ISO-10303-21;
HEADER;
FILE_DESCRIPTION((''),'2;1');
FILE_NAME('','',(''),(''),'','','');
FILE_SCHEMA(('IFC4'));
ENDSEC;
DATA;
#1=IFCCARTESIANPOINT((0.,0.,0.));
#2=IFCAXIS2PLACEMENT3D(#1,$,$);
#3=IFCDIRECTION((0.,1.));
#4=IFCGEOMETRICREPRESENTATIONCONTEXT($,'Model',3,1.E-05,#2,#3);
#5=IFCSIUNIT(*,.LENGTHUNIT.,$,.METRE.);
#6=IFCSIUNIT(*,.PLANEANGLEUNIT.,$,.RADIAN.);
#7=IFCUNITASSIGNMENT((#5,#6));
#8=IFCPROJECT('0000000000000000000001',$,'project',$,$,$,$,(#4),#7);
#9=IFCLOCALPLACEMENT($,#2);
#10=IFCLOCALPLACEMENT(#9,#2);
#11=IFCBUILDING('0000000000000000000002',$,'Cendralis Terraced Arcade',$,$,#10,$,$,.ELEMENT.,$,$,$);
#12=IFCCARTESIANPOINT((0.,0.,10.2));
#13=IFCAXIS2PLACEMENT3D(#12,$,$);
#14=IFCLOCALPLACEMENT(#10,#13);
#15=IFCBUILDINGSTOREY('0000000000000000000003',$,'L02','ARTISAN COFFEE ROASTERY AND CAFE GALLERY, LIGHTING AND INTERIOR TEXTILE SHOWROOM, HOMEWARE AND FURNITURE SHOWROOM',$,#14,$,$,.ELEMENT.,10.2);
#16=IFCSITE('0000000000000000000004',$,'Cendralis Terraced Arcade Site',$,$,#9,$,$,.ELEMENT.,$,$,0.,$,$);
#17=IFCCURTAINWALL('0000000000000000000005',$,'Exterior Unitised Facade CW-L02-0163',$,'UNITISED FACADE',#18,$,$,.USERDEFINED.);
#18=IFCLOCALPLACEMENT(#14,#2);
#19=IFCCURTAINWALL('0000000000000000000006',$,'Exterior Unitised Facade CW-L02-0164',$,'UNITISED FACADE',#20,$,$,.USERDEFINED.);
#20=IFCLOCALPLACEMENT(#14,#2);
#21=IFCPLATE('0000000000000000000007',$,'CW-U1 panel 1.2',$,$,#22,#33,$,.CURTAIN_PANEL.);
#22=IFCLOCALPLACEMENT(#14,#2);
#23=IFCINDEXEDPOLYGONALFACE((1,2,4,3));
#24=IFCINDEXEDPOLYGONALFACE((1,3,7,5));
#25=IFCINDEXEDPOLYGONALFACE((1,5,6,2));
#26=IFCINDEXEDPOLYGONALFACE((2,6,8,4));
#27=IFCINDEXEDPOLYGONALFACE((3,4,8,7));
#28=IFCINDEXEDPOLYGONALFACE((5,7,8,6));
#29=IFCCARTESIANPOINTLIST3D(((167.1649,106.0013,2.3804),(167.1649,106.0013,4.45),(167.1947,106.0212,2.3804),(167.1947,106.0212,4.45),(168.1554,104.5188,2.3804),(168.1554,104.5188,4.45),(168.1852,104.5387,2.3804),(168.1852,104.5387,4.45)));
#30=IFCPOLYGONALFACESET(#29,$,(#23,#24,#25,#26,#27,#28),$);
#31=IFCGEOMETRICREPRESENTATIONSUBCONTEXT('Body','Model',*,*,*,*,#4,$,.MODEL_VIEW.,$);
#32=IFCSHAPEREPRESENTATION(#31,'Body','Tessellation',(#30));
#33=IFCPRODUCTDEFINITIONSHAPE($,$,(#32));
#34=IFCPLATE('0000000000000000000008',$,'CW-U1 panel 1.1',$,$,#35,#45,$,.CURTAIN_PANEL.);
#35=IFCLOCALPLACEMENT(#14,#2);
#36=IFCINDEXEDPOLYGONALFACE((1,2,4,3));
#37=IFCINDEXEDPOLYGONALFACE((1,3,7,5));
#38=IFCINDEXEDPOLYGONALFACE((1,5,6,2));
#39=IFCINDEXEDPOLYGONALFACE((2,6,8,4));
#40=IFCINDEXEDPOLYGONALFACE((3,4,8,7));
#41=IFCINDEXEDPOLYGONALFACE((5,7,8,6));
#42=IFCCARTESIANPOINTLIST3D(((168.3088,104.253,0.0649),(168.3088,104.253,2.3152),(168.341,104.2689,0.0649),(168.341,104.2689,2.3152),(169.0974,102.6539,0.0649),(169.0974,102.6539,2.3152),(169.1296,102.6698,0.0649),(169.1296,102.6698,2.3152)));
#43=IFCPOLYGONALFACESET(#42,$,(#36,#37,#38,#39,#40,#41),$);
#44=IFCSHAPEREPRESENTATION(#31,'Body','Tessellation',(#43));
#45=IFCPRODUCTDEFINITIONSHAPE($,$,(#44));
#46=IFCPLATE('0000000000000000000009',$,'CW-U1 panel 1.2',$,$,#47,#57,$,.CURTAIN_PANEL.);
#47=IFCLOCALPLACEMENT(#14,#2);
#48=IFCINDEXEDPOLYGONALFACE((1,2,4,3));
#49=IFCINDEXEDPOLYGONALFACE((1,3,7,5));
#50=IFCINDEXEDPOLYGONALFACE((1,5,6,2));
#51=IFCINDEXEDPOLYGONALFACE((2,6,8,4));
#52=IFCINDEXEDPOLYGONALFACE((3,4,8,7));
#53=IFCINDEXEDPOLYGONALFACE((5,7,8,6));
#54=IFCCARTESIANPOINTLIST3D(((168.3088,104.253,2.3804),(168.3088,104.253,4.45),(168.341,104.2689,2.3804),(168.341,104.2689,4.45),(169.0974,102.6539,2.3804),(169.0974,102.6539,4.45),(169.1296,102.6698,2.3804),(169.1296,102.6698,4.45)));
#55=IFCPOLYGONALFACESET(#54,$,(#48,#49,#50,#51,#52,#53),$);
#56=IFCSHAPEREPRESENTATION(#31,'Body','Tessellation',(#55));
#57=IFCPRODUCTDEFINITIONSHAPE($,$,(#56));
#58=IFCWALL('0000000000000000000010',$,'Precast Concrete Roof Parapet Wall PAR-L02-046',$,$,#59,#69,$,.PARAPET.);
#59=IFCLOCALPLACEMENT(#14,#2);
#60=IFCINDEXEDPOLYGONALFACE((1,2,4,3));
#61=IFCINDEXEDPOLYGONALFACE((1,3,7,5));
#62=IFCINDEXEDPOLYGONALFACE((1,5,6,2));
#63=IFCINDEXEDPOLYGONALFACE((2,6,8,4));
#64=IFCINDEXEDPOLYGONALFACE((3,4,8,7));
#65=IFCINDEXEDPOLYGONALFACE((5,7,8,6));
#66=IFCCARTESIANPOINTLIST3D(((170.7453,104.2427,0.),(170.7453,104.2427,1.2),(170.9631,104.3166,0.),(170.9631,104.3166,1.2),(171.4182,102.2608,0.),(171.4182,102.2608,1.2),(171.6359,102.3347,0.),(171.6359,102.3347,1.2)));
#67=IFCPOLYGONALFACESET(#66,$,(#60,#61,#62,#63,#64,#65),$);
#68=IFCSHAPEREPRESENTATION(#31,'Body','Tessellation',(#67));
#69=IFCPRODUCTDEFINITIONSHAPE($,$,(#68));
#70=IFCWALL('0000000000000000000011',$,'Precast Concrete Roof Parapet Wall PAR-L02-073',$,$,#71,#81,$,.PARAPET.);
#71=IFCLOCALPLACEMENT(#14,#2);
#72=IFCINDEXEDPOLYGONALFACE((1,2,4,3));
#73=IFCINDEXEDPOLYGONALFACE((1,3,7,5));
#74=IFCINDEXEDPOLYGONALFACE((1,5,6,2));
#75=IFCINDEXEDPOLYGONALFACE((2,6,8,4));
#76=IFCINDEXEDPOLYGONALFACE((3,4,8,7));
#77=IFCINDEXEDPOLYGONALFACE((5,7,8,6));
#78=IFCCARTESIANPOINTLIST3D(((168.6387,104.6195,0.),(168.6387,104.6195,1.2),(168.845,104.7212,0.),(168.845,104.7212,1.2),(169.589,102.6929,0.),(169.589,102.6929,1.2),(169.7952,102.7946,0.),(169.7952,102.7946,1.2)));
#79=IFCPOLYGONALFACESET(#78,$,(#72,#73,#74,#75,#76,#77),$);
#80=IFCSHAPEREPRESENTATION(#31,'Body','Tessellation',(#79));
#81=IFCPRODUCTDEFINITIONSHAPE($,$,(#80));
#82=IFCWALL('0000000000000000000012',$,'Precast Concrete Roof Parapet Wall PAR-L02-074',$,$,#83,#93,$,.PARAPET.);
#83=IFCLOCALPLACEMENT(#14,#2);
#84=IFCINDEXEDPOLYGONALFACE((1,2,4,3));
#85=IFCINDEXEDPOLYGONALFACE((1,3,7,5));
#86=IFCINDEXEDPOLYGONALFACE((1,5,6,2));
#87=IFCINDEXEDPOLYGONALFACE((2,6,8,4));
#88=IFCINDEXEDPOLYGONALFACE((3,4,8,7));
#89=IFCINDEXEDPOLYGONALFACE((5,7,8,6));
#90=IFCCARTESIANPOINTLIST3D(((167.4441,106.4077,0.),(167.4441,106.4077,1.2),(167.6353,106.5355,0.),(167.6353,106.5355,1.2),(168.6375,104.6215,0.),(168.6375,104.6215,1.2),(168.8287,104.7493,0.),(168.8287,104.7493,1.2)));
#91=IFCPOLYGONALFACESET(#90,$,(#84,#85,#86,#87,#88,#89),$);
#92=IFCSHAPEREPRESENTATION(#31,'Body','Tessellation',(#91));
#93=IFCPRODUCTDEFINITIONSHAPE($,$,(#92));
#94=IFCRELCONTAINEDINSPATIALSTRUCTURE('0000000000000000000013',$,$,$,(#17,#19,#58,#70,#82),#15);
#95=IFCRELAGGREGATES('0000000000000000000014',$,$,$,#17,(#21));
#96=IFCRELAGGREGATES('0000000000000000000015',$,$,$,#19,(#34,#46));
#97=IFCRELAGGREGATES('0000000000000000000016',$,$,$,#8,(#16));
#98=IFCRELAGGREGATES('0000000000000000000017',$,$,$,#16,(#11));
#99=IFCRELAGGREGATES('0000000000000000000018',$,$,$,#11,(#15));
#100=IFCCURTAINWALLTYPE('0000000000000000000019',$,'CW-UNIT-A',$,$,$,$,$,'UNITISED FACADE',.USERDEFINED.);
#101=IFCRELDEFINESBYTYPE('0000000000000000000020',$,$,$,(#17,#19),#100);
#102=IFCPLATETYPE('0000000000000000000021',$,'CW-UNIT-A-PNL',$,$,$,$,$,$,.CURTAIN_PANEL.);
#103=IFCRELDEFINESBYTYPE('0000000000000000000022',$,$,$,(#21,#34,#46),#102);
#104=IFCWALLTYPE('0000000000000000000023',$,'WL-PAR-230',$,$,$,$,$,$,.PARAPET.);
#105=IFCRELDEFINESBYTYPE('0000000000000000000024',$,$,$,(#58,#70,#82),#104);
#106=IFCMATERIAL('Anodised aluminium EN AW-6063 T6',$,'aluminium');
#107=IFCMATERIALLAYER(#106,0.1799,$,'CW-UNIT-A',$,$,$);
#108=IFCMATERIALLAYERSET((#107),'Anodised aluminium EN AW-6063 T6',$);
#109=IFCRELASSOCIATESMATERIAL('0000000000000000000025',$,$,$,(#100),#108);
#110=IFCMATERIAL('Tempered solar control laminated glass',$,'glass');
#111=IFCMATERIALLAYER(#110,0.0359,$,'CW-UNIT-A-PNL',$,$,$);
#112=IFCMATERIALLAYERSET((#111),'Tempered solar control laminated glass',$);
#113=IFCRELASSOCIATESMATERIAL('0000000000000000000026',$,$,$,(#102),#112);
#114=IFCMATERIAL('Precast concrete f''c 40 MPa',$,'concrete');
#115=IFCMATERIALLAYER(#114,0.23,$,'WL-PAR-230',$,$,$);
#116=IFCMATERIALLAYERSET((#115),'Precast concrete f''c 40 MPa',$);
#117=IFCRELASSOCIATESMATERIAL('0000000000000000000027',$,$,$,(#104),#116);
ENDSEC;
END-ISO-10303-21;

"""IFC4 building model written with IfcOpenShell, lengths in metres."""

from ifc_helpers import new_model, si_unit, direction, frame, frame_2d, origin, origin_2d, place, context, subcontext, project, spatial, rectangle, extrude, material, layer, layer_set, type_object, element, aggregate, save


model = new_model("IFC4")

# Units and contexts
model_context = context("Model", 3, precision=1e-05, world=origin(), true_north=direction((0.0, 1.0)))
body_context = subcontext(model_context, "Body", "Model", "MODEL_VIEW")
ifc_project = project(units=[si_unit("LENGTHUNIT", "METRE"), si_unit("PLANEANGLEUNIT", "RADIAN")], contexts=[model_context])

# Site, building, storey
site_placement = place(None, origin())
site = spatial("IfcSite", under=ifc_project, at=site_placement, Name="Cendralis Terraced Arcade Site", CompositionType="ELEMENT", RefElevation=0.0)
building_placement = place(site_placement, origin())
building = spatial("IfcBuilding", under=site, at=building_placement, Name="Cendralis Terraced Arcade", CompositionType="ELEMENT")
storey_placement = place(building_placement, frame((0.0, 0.0, 10.2)))
storey = spatial("IfcBuildingStorey", under=building, at=storey_placement, Name="L02", Description="ARTISAN COFFEE ROASTERY AND CAFE GALLERY, LIGHTING AND INTERIOR TEXTILE SHOWROOM, HOMEWARE AND FURNITURE SHOWROOM", CompositionType="ELEMENT", Elevation=10.2)

# Curtain walls
ifc_material_1 = material(Name="Anodised aluminium EN AW-6063 T6", Category="aluminium")
ifc_layer_1 = layer(ifc_material_1, 0.1799, Name="CW-UNIT-A")
ifc_layer_set_1 = layer_set([ifc_layer_1], Name="Anodised aluminium EN AW-6063 T6")
curtain_wall_type = type_object("IfcCurtainWallType", Name="CW-UNIT-A", ElementType="UNITISED FACADE", PredefinedType="USERDEFINED", material=ifc_layer_set_1)
curtain_wall_1_placement = place(storey_placement, origin())
curtain_wall_1 = element("IfcCurtainWall", 1, at=curtain_wall_1_placement, inside=storey, type_object=curtain_wall_type, Name="Exterior Unitised Facade CW-L02-0163", ObjectType="UNITISED FACADE", PredefinedType="USERDEFINED")
curtain_wall_2_placement = place(storey_placement, origin())
curtain_wall_2 = element("IfcCurtainWall", 2, at=curtain_wall_2_placement, inside=storey, type_object=curtain_wall_type, Name="Exterior Unitised Facade CW-L02-0164", ObjectType="UNITISED FACADE", PredefinedType="USERDEFINED")

# Plates
ifc_material_2 = material(Name="Tempered solar control laminated glass", Category="glass")
ifc_layer_2 = layer(ifc_material_2, 0.0359, Name="CW-UNIT-A-PNL")
ifc_layer_set_2 = layer_set([ifc_layer_2], Name="Tempered solar control laminated glass")
plate_type = type_object("IfcPlateType", Name="CW-UNIT-A-PNL", PredefinedType="CURTAIN_PANEL", material=ifc_layer_set_2)
plate_1_placement = place(storey_placement, frame((167.675, 105.27, 2.3804), z_axis=(0.0, 0.0, 1.0), x_axis=(0.555532, -0.831495, 0.0)))
plate_1 = element("IfcPlate", 3, at=plate_1_placement, type_object=plate_type, Name="CW-U1 panel 1.2", PredefinedType="CURTAIN_PANEL", context=body_context, shape_type="SweptSolid", body=[
    extrude(rectangle(XDim=1.783, YDim=0.0359, at=origin_2d()), origin(), (0.0, 0.0, 1.0), 2.0696),
])
aggregate(curtain_wall_1, [plate_1])
plate_2_placement = place(storey_placement, frame((168.7192, 103.4614, 0.0649), z_axis=(0.0, 0.0, 1.0), x_axis=(0.442293, -0.896871, 0.0)))
plate_2 = element("IfcPlate", 4, at=plate_2_placement, type_object=plate_type, Name="CW-U1 panel 1.1", PredefinedType="CURTAIN_PANEL", context=body_context, shape_type="SweptSolid", body=[
    extrude(rectangle(XDim=1.783, YDim=0.0359, at=origin_2d()), origin(), (0.0, 0.0, 1.0), 2.2502),
])
plate_3_placement = place(storey_placement, frame((168.7192, 103.4614, 2.3804), z_axis=(0.0, 0.0, 1.0), x_axis=(0.442293, -0.896871, 0.0)))
plate_3 = element("IfcPlate", 5, at=plate_3_placement, type_object=plate_type, Name="CW-U1 panel 1.2", PredefinedType="CURTAIN_PANEL", context=body_context, shape_type="SweptSolid", body=[
    extrude(rectangle(XDim=1.783, YDim=0.0359, at=origin_2d()), origin(), (0.0, 0.0, 1.0), 2.0696),
])
aggregate(curtain_wall_2, [plate_2, plate_3])

# Walls
ifc_material_3 = material(Name="Precast concrete f'c 40 MPa", Category="concrete")
ifc_layer_3 = layer(ifc_material_3, 0.23, Name="WL-PAR-230")
ifc_layer_set_3 = layer_set([ifc_layer_3], Name="Precast concrete f'c 40 MPa")
wall_type = type_object("IfcWallType", Name="WL-PAR-230", PredefinedType="PARAPET", material=ifc_layer_set_3)
wall_placement = place(storey_placement, frame((170.8542, 104.2795, 0.0), z_axis=(0.0, 0.0, 1.0), x_axis=(0.321472, -0.946919, 0.0)))
element("IfcWall", 6, at=wall_placement, inside=storey, type_object=wall_type, Name="Precast Concrete Roof Parapet Wall PAR-L02-046", PredefinedType="PARAPET", context=body_context, shape_type="SweptSolid", body=[
    extrude(rectangle(XDim=2.093, YDim=0.23, at=frame_2d((1.0464, 0.0))), origin(), (0.0, 0.0, 1.0), 1.2),
])
for number, where, z_axis, x_axis, name in (
    (7, (169.6921, 102.7437, 0.0), (0.0, 0.0, 1.0), (-0.442343, 0.896846, 0.0), "Precast Concrete Roof Parapet Wall PAR-L02-073"),
    (8, (168.7332, 104.6853, 0.0), (0.0, 0.0, 1.0), (-0.555539, 0.83149, 0.0), "Precast Concrete Roof Parapet Wall PAR-L02-074"),
):
    element("IfcWall", number, at=place(storey_placement, frame(where, z_axis=z_axis, x_axis=x_axis)), inside=storey, type_object=wall_type, Name=name, PredefinedType="PARAPET", context=body_context, shape_type="SweptSolid", body=[
        extrude(rectangle(XDim=2.1482, YDim=0.23, at=frame_2d((1.0742, 0.0))), origin(), (0.0, 0.0, 1.0), 1.2),
    ])

save(model, "model.ifc")
